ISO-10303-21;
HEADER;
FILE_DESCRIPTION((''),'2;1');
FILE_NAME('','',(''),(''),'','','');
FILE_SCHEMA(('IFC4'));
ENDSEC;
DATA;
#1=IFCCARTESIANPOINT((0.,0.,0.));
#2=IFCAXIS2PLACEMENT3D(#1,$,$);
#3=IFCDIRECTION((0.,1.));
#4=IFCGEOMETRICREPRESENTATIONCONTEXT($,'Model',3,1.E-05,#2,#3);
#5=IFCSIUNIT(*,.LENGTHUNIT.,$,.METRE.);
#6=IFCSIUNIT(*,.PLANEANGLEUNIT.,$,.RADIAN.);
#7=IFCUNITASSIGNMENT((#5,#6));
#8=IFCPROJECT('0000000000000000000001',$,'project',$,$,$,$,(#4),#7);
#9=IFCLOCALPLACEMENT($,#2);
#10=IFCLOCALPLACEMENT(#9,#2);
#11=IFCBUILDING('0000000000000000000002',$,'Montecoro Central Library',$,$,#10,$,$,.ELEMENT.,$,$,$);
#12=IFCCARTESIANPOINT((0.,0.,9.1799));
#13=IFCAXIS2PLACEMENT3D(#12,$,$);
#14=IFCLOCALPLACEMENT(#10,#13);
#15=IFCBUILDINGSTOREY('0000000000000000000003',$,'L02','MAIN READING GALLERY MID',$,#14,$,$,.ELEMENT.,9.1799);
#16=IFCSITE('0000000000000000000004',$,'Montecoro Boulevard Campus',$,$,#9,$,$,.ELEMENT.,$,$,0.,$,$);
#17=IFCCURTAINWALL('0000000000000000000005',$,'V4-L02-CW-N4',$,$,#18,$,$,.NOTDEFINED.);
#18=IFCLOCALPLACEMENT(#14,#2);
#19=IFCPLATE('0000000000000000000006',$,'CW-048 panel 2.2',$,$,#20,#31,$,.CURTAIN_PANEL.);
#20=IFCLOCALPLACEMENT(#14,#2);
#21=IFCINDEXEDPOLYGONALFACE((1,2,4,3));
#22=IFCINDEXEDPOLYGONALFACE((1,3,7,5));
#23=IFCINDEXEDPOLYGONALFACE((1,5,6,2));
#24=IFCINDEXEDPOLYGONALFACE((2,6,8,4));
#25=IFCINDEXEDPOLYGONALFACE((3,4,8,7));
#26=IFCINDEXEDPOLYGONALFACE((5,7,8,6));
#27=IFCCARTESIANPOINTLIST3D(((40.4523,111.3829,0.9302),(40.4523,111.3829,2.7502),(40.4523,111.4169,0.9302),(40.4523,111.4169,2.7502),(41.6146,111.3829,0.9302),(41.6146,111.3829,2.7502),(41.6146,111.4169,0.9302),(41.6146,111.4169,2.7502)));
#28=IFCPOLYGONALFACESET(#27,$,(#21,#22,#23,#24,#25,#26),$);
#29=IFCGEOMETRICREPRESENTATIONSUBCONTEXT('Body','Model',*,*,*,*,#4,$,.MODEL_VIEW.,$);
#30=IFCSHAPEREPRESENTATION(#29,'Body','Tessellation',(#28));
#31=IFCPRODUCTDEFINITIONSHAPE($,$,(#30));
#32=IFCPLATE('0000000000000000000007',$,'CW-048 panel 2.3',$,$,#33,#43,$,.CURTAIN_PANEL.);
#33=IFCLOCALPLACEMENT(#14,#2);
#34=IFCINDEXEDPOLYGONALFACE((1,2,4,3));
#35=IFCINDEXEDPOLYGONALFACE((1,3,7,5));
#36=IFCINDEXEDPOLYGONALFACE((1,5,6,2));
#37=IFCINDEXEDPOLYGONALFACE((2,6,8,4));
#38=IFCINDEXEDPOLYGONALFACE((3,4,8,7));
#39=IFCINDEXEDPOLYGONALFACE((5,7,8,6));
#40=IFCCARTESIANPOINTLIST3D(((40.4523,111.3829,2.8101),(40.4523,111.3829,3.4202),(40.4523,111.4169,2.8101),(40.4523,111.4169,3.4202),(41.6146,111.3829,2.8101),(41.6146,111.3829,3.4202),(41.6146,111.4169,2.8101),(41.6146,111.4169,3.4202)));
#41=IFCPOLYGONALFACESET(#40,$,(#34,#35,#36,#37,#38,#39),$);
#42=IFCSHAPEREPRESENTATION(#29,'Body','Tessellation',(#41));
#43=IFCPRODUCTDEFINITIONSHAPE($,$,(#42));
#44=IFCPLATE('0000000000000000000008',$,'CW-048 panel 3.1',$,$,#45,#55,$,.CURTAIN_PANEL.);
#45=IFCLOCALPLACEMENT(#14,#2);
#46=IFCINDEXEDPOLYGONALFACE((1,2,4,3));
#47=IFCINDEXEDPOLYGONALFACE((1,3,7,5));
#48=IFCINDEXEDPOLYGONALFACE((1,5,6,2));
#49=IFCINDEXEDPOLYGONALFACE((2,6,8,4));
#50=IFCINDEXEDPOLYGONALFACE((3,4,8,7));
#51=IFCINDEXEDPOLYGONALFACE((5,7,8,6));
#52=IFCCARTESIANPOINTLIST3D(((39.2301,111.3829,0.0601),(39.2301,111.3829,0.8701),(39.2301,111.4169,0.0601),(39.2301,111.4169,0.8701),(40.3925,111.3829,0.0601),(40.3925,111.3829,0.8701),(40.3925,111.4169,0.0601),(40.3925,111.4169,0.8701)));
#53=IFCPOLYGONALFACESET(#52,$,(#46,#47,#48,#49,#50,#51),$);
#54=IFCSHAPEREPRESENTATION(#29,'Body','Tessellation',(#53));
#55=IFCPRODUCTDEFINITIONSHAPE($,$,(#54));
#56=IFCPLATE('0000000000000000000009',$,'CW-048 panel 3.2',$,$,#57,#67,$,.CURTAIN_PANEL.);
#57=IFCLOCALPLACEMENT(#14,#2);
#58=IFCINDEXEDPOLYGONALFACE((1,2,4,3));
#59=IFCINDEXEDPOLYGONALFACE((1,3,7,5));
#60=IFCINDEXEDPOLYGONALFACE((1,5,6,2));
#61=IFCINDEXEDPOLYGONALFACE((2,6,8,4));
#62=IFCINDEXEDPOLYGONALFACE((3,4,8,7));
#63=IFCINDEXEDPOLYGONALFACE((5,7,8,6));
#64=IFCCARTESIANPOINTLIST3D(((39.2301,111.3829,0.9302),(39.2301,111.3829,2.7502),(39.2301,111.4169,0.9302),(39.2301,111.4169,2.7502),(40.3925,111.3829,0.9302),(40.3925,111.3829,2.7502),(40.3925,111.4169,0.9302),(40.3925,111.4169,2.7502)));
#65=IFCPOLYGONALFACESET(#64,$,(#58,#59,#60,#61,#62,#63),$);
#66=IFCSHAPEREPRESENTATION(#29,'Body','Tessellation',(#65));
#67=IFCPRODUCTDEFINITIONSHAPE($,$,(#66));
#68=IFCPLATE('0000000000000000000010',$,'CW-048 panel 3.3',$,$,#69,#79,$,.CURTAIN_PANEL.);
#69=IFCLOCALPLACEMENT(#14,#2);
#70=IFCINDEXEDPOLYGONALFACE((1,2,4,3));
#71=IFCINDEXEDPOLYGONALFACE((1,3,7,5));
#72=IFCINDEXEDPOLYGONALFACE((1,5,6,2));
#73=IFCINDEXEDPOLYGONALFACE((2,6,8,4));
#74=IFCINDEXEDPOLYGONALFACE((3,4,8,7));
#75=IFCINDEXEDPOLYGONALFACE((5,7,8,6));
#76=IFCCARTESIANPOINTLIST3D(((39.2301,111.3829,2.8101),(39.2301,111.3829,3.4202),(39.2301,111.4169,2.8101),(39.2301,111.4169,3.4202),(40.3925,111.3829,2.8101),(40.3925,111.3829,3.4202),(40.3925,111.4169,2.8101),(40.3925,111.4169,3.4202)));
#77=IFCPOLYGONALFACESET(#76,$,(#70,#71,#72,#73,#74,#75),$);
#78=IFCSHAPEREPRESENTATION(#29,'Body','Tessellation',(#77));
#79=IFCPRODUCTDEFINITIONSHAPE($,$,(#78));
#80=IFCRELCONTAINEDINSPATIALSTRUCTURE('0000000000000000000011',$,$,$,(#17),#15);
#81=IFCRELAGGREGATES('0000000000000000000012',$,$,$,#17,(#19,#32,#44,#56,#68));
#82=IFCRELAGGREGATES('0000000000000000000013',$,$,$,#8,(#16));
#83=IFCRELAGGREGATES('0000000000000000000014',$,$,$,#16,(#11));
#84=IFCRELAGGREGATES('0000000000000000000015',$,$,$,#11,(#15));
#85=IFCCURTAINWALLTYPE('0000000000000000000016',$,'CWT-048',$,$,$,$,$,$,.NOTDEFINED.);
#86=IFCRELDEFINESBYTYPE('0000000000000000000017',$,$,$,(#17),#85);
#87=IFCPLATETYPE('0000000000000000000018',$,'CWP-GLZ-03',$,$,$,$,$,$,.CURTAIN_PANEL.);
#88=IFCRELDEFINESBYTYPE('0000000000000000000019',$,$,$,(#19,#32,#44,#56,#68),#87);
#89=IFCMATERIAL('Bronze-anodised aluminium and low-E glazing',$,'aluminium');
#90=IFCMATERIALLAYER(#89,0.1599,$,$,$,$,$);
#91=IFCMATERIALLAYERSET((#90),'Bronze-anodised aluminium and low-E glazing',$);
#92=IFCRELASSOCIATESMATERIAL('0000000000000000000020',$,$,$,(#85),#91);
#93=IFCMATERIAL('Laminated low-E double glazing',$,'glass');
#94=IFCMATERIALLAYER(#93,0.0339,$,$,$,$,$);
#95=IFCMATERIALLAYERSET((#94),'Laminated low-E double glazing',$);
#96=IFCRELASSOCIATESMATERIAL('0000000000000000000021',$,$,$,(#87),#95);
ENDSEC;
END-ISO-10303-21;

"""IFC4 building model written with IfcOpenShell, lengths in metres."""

from ifc_helpers import new_model, si_unit, direction, frame, origin, origin_2d, place, context, subcontext, project, spatial, rectangle, extrude, material, layer, layer_set, type_object, element, aggregate, save


model = new_model("IFC4")

# Units and contexts
model_context = context("Model", 3, precision=1e-05, world=origin(), true_north=direction((0.0, 1.0)))
body_context = subcontext(model_context, "Body", "Model", "MODEL_VIEW")
ifc_project = project(units=[si_unit("LENGTHUNIT", "METRE"), si_unit("PLANEANGLEUNIT", "RADIAN")], contexts=[model_context])

# Site, building, storey
site_placement = place(None, origin())
site = spatial("IfcSite", under=ifc_project, at=site_placement, Name="Montecoro Boulevard Campus", CompositionType="ELEMENT", RefElevation=0.0)
building_placement = place(site_placement, origin())
building = spatial("IfcBuilding", under=site, at=building_placement, Name="Montecoro Central Library", CompositionType="ELEMENT")
storey_placement = place(building_placement, frame((0.0, 0.0, 9.1799)))
storey = spatial("IfcBuildingStorey", under=building, at=storey_placement, Name="L02", Description="MAIN READING GALLERY MID", CompositionType="ELEMENT", Elevation=9.1799)

# Curtain wall, plates
ifc_material_1 = material(Name="Bronze-anodised aluminium and low-E glazing", Category="aluminium")
ifc_layer_1 = layer(ifc_material_1, 0.1599)
ifc_layer_set_1 = layer_set([ifc_layer_1], Name="Bronze-anodised aluminium and low-E glazing")
curtain_wall_type = type_object("IfcCurtainWallType", Name="CWT-048", PredefinedType="NOTDEFINED", material=ifc_layer_set_1)
curtain_wall_placement = place(storey_placement, origin())
curtain_wall = element("IfcCurtainWall", 1, at=curtain_wall_placement, inside=storey, type_object=curtain_wall_type, Name="V4-L02-CW-N4", PredefinedType="NOTDEFINED")
ifc_material_2 = material(Name="Laminated low-E double glazing", Category="glass")
ifc_layer_2 = layer(ifc_material_2, 0.0339)
ifc_layer_set_2 = layer_set([ifc_layer_2], Name="Laminated low-E double glazing")
plate_type = type_object("IfcPlateType", Name="CWP-GLZ-03", PredefinedType="CURTAIN_PANEL", material=ifc_layer_set_2)
plate_1_placement = place(storey_placement, frame((41.0334, 111.3999, 0.9302), z_axis=(0.0, 0.0, 1.0), x_axis=(-1.0, 0.0, 0.0)))
plate_1 = element("IfcPlate", 2, at=plate_1_placement, type_object=plate_type, Name="CW-048 panel 2.2", PredefinedType="CURTAIN_PANEL", context=body_context, shape_type="SweptSolid", body=[
    extrude(rectangle(XDim=1.1624, YDim=0.0339, at=origin_2d()), origin(), (0.0, 0.0, 1.0), 1.8201),
])
plate_2_placement = place(storey_placement, frame((41.0334, 111.3999, 2.8101), z_axis=(0.0, 0.0, 1.0), x_axis=(-1.0, 0.0, 0.0)))
plate_2 = element("IfcPlate", 3, at=plate_2_placement, type_object=plate_type, Name="CW-048 panel 2.3", PredefinedType="CURTAIN_PANEL", context=body_context, shape_type="SweptSolid", body=[
    extrude(rectangle(XDim=1.1624, YDim=0.0339, at=origin_2d()), origin(), (0.0, 0.0, 1.0), 0.6101),
])
plate_3_placement = place(storey_placement, frame((39.8113, 111.3999, 0.0601), z_axis=(0.0, 0.0, 1.0), x_axis=(-1.0, 0.0, 0.0)))
plate_3 = element("IfcPlate", 4, at=plate_3_placement, type_object=plate_type, Name="CW-048 panel 3.1", PredefinedType="CURTAIN_PANEL", context=body_context, shape_type="SweptSolid", body=[
    extrude(rectangle(XDim=1.1624, YDim=0.0339, at=origin_2d()), origin(), (0.0, 0.0, 1.0), 0.8101),
])
plate_4_placement = place(storey_placement, frame((39.8113, 111.3999, 0.9302), z_axis=(0.0, 0.0, 1.0), x_axis=(-1.0, 0.0, 0.0)))
plate_4 = element("IfcPlate", 5, at=plate_4_placement, type_object=plate_type, Name="CW-048 panel 3.2", PredefinedType="CURTAIN_PANEL", context=body_context, shape_type="SweptSolid", body=[
    extrude(rectangle(XDim=1.1624, YDim=0.0339, at=origin_2d()), origin(), (0.0, 0.0, 1.0), 1.8201),
])
plate_5_placement = place(storey_placement, frame((39.8113, 111.3999, 2.8101), z_axis=(0.0, 0.0, 1.0), x_axis=(-1.0, 0.0, 0.0)))
plate_5 = element("IfcPlate", 6, at=plate_5_placement, type_object=plate_type, Name="CW-048 panel 3.3", PredefinedType="CURTAIN_PANEL", context=body_context, shape_type="SweptSolid", body=[
    extrude(rectangle(XDim=1.1624, YDim=0.0339, at=origin_2d()), origin(), (0.0, 0.0, 1.0), 0.6101),
])
aggregate(curtain_wall, [plate_1, plate_2, plate_3, plate_4, plate_5])

save(model, "model.ifc")
